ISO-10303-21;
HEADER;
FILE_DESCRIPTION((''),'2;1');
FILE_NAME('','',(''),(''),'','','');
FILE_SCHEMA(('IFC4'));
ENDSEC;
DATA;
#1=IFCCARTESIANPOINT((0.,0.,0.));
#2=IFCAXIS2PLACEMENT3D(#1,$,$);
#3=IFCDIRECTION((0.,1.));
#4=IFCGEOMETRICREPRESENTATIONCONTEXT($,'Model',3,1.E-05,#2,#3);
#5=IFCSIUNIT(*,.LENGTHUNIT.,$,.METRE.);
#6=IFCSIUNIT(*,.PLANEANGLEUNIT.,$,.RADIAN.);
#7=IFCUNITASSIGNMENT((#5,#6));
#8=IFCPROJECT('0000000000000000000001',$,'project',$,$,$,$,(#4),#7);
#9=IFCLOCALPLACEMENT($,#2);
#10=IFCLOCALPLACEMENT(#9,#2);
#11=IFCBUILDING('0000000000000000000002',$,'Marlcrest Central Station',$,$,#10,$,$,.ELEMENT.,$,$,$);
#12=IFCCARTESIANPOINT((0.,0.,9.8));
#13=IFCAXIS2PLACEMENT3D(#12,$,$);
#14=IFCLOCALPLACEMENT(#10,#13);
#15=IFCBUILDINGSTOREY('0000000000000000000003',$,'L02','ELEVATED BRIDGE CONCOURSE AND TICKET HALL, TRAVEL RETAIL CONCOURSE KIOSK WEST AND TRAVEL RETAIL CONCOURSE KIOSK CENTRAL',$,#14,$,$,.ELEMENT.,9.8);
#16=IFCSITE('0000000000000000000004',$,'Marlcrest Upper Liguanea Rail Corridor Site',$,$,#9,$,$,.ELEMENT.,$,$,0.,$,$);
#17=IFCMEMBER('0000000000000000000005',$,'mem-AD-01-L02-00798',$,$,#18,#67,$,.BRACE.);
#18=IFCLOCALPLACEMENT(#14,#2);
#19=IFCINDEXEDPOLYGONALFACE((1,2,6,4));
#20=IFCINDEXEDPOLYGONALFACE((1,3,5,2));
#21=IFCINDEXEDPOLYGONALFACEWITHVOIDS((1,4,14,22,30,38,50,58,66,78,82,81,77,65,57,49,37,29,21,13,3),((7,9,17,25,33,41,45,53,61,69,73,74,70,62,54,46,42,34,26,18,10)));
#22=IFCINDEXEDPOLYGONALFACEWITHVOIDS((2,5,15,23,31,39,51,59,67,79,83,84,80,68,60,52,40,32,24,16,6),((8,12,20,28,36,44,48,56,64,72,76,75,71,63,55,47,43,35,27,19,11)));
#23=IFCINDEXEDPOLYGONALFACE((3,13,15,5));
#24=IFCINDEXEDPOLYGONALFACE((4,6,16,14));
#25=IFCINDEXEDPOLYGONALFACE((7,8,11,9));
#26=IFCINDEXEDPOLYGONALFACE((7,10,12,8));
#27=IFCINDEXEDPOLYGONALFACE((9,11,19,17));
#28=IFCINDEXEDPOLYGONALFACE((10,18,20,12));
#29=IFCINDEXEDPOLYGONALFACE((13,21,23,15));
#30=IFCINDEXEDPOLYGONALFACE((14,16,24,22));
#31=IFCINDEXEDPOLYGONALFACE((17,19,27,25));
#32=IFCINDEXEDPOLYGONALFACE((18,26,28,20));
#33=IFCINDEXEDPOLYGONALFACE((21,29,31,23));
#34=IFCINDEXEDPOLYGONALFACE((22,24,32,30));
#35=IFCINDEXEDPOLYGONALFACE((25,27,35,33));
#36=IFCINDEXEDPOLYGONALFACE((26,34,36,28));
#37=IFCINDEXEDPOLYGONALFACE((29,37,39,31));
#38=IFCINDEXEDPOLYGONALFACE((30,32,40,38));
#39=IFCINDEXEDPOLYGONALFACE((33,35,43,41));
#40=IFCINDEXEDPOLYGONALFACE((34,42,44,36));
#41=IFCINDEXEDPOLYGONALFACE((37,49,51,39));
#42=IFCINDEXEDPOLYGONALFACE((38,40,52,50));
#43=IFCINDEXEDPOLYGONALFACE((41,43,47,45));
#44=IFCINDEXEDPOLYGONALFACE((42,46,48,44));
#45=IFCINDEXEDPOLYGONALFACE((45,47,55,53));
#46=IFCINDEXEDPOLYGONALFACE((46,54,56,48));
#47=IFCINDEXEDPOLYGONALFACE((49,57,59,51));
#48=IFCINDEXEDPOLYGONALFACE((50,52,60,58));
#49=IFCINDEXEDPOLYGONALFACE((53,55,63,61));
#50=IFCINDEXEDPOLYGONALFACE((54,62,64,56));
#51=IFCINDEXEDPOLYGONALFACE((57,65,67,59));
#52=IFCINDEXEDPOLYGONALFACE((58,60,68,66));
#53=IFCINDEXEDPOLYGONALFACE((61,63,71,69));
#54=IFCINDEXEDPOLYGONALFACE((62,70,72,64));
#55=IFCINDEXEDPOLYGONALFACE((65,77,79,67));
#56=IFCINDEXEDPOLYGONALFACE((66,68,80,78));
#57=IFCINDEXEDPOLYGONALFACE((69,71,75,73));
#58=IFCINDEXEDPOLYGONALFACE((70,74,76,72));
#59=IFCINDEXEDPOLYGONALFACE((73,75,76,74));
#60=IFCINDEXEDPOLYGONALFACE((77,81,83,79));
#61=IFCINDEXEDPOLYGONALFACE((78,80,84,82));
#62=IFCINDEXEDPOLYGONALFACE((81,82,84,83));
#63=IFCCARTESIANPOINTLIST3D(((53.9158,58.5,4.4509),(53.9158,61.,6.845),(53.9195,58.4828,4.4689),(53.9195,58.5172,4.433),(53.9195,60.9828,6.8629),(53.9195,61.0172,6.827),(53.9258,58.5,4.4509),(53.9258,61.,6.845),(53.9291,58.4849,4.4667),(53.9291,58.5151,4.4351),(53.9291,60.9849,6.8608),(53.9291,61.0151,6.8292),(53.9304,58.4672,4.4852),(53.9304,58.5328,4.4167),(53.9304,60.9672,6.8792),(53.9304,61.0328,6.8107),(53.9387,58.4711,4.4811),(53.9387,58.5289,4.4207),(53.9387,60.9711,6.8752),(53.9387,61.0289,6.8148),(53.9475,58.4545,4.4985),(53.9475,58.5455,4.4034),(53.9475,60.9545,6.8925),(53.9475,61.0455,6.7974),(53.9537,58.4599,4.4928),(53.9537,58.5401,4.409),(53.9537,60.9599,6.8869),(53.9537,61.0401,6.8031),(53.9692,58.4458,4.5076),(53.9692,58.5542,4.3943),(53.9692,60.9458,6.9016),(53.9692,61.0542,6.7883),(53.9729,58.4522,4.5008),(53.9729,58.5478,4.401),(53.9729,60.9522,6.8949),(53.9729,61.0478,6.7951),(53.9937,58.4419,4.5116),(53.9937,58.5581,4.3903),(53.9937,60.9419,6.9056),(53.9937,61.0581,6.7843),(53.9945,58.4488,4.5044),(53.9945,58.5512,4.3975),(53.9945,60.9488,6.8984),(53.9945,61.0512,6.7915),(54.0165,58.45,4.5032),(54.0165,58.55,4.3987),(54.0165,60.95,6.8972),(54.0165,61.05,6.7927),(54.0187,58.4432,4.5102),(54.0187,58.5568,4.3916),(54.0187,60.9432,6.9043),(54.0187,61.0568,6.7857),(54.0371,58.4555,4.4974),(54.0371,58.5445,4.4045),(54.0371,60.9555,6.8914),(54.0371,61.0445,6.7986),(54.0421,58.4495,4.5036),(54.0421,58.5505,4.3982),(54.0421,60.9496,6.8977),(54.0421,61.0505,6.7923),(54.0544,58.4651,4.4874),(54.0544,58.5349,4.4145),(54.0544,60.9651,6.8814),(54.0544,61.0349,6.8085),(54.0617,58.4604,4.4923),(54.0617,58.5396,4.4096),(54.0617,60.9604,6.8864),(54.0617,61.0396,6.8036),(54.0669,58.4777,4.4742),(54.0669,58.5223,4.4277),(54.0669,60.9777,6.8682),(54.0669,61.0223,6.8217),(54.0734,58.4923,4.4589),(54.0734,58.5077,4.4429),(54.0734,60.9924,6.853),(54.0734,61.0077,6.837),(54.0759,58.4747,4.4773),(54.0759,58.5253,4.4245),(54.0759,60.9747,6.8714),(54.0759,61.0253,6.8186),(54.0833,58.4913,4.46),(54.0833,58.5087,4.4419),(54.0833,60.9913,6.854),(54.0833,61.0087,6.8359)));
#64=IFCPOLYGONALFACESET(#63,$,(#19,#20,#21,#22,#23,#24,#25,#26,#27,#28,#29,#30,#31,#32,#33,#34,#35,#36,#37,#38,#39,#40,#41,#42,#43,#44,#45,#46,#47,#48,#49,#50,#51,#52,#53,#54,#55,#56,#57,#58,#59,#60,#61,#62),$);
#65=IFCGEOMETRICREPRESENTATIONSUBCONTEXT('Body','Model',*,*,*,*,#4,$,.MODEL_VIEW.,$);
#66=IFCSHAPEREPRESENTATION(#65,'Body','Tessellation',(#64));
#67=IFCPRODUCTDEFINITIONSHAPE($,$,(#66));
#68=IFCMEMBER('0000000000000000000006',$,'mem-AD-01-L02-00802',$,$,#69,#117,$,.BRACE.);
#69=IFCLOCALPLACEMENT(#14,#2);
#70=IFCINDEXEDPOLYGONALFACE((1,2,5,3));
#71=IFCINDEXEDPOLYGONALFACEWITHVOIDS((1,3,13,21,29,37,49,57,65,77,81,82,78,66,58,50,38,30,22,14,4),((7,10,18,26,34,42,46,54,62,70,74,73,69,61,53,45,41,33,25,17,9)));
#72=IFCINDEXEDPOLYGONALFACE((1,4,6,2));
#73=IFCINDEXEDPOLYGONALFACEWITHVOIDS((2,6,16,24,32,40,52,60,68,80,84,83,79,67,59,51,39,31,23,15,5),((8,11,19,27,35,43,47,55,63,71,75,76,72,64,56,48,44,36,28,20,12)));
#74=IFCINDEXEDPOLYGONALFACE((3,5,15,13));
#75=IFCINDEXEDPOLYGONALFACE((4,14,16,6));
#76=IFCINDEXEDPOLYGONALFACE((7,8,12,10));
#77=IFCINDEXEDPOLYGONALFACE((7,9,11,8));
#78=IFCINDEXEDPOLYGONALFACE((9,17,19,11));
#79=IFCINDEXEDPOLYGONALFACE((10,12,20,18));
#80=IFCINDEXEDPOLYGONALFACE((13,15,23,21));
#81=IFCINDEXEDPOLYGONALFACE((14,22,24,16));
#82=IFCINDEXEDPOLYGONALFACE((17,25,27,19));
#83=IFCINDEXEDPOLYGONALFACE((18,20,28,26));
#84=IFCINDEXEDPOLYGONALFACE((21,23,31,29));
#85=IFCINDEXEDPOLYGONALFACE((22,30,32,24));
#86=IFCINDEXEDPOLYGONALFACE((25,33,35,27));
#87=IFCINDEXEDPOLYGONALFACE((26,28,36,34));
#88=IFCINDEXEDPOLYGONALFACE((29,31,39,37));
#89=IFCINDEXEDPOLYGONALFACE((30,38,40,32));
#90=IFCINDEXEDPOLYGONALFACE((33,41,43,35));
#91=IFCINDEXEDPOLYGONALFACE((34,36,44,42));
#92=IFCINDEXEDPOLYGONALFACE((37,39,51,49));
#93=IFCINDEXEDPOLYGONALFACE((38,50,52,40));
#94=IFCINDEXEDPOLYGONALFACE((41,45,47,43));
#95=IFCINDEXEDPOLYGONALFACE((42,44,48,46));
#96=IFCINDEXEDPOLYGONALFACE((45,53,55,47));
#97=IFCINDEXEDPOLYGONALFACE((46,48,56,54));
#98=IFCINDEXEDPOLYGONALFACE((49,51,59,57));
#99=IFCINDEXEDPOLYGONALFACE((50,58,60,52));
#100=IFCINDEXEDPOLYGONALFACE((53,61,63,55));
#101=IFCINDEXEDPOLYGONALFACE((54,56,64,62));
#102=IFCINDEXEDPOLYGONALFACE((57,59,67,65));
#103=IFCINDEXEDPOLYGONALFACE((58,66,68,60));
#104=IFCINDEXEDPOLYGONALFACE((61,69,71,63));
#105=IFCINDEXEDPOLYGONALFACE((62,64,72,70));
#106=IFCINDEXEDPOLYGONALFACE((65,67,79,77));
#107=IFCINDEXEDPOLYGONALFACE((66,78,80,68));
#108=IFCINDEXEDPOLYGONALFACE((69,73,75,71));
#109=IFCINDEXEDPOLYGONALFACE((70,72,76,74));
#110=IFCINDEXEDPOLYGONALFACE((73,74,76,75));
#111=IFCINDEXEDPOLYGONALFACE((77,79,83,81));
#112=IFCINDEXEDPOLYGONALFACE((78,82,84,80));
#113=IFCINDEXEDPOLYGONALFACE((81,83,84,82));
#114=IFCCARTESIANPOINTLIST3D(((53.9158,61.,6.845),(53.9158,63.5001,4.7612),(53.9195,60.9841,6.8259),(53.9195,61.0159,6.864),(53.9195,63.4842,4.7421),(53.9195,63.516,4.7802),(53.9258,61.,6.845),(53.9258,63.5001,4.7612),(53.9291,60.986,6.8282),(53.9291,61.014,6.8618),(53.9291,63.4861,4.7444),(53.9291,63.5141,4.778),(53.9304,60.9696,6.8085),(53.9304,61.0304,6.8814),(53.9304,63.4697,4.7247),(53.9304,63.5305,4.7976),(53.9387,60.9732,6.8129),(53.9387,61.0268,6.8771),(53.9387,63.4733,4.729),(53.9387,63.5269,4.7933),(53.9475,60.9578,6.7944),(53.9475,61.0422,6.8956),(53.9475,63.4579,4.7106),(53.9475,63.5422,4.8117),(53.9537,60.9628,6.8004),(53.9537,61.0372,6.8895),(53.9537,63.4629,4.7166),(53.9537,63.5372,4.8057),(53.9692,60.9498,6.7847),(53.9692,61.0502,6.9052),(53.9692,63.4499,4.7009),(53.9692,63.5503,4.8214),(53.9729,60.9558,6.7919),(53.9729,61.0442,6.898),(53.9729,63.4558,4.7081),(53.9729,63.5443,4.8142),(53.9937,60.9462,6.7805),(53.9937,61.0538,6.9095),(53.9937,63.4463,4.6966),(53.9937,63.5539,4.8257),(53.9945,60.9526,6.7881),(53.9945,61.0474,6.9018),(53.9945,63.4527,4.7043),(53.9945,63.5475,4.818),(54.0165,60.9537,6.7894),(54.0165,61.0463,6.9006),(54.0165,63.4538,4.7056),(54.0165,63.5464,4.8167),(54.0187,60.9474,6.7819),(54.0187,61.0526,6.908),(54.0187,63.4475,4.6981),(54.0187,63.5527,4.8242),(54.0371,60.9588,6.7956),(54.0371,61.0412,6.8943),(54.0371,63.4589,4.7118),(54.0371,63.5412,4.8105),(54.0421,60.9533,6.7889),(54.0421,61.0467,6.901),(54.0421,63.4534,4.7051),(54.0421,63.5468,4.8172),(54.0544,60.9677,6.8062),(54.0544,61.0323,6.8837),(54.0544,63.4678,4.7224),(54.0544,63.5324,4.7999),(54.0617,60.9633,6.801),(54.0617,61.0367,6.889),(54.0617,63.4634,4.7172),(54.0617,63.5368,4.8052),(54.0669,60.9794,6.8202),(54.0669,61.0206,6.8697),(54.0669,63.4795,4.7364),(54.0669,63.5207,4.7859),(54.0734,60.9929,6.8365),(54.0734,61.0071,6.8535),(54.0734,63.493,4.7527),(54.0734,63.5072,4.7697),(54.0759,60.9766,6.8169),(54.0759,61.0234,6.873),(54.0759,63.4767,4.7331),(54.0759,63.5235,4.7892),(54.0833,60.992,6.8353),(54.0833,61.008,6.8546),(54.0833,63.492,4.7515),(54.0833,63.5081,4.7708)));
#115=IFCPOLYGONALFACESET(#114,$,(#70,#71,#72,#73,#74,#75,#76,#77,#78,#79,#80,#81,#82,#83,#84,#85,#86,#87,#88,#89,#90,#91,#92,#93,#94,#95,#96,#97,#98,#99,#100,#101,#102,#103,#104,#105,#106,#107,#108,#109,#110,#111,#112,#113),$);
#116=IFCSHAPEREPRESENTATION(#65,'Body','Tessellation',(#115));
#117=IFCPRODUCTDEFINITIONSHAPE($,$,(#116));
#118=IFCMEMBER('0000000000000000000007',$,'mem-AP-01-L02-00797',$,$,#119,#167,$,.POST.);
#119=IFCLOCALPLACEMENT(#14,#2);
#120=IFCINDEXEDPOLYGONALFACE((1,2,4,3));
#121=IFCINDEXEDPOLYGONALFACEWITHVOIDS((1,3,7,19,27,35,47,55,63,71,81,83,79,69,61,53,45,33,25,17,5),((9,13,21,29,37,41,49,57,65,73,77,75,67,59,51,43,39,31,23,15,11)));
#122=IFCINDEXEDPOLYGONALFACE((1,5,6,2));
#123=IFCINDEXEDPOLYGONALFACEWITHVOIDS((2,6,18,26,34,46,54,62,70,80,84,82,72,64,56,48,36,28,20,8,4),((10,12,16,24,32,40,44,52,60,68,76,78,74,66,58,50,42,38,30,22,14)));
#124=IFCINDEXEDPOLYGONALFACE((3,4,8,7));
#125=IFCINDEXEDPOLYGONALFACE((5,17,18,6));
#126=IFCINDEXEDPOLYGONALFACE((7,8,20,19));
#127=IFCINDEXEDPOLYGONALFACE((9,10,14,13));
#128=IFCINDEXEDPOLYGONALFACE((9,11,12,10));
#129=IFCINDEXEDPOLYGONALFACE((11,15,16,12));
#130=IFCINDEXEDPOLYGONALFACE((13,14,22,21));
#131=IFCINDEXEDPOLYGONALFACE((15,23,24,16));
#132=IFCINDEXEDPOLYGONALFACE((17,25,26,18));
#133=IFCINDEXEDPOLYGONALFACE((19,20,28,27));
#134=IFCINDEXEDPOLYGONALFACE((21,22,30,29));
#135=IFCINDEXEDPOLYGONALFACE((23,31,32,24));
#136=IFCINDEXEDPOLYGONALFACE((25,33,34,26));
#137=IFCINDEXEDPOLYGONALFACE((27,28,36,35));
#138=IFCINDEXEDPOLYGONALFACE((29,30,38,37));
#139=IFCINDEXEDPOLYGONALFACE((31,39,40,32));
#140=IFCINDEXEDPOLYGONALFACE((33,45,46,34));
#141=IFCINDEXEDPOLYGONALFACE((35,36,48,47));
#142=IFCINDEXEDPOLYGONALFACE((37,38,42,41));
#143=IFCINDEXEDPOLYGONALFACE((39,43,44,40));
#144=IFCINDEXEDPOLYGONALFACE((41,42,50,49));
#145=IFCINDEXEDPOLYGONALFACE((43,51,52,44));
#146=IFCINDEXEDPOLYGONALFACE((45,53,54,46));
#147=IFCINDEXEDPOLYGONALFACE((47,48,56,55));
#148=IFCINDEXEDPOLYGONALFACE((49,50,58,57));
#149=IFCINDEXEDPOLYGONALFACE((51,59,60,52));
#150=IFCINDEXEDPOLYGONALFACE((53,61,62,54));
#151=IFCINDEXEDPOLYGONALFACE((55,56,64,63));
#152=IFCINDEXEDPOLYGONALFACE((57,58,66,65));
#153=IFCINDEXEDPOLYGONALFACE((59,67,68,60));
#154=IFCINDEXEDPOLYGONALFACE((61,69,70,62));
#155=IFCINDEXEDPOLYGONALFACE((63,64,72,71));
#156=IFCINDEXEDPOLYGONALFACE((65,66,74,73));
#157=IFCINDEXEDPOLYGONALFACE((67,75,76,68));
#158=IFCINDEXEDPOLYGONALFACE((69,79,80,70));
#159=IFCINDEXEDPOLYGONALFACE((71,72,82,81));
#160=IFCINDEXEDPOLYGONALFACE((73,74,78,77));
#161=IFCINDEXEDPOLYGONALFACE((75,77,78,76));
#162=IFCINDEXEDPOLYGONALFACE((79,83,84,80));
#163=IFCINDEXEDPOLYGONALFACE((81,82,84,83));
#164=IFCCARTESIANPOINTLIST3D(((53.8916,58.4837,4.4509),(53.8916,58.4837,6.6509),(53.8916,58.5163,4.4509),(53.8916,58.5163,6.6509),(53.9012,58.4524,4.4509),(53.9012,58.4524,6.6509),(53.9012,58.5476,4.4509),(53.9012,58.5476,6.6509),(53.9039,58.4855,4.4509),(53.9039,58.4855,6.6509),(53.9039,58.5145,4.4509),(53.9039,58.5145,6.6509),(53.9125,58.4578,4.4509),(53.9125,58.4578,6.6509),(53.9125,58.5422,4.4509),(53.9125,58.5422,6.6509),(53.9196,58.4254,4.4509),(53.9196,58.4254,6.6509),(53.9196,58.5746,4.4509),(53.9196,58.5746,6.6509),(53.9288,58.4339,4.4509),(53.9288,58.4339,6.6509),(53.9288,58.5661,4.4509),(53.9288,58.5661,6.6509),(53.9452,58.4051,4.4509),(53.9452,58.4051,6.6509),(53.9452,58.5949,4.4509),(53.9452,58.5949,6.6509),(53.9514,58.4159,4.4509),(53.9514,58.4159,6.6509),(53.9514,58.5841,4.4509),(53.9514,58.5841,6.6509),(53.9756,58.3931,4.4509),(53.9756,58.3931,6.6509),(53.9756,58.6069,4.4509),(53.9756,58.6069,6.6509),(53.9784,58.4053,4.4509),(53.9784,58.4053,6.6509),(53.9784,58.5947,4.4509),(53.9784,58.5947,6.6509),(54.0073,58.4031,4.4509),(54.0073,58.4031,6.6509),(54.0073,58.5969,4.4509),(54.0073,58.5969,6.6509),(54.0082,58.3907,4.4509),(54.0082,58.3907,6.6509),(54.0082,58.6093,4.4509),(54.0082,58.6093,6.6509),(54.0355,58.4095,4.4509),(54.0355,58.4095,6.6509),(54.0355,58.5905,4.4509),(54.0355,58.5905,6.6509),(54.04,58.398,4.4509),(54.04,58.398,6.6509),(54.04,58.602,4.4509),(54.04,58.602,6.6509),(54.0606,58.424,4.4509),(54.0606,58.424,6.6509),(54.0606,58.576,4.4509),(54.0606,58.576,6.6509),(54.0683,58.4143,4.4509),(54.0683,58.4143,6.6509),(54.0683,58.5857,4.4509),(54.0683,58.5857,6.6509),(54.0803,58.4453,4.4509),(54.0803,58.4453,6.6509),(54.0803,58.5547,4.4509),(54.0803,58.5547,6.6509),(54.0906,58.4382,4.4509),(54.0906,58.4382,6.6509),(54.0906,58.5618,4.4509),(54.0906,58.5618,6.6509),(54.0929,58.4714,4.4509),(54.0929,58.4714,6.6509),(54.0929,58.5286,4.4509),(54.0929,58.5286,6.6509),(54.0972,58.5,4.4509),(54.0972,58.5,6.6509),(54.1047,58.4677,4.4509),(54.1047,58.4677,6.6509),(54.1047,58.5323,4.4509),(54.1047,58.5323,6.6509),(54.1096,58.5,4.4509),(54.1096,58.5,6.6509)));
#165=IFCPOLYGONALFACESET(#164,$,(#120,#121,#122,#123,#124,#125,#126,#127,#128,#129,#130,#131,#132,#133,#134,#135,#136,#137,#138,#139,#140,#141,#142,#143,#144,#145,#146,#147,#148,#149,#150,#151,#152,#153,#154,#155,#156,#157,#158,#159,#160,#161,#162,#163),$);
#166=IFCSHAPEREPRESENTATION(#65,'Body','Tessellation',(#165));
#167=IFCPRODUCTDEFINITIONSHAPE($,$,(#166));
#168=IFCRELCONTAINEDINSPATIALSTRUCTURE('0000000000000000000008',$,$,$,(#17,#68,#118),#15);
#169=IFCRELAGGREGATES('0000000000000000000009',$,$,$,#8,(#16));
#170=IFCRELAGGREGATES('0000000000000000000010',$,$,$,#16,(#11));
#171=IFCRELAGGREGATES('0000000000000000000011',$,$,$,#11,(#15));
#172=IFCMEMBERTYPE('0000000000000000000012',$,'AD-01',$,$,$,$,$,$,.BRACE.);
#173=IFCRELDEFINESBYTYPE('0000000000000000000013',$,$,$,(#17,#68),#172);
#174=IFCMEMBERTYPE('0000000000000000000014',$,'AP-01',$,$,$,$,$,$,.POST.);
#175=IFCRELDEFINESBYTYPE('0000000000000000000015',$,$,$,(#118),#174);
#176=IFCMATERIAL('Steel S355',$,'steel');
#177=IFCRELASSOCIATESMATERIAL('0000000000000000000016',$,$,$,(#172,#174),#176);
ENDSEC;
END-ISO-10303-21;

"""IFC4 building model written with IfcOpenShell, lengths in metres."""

from ifc_helpers import new_model, si_unit, direction, frame, origin, origin_2d, place, context, subcontext, project, spatial, hollow_circle, extrude, material, material_profile, profile_set, type_object, element, save


model = new_model("IFC4")

# Units and contexts
model_context = context("Model", 3, precision=1e-05, world=origin(), true_north=direction((0.0, 1.0)))
body_context = subcontext(model_context, "Body", "Model", "MODEL_VIEW")
ifc_project = project(units=[si_unit("LENGTHUNIT", "METRE"), si_unit("PLANEANGLEUNIT", "RADIAN")], contexts=[model_context])

# Site, building, storey
site_placement = place(None, origin())
site = spatial("IfcSite", under=ifc_project, at=site_placement, Name="Marlcrest Upper Liguanea Rail Corridor Site", CompositionType="ELEMENT", RefElevation=0.0)
building_placement = place(site_placement, origin())
building = spatial("IfcBuilding", under=site, at=building_placement, Name="Marlcrest Central Station", CompositionType="ELEMENT")
storey_placement = place(building_placement, frame((0.0, 0.0, 9.8)))
storey = spatial("IfcBuildingStorey", under=building, at=storey_placement, Name="L02", Description="ELEVATED BRIDGE CONCOURSE AND TICKET HALL, TRAVEL RETAIL CONCOURSE KIOSK WEST AND TRAVEL RETAIL CONCOURSE KIOSK CENTRAL", CompositionType="ELEMENT", Elevation=9.8)

# Members
ifc_material = material(Name="Steel S355", Category="steel")
ifc_material_profile_1 = material_profile(ifc_material, hollow_circle(Radius=0.0842, WallThickness=0.01, at=origin_2d()), Name="CHS 168.3x10")
ifc_profile_set_1 = profile_set([ifc_material_profile_1], Name="Steel S355")
member_type_1 = type_object("IfcMemberType", Name="AD-01", PredefinedType="BRACE", material=ifc_profile_set_1)
member_1_placement = place(storey_placement, frame((54.0, 58.5, 4.4509), z_axis=(0.0, 0.722247, 0.691636), x_axis=(-1.0, 0.0, 0.0)))
element("IfcMember", 1, at=member_1_placement, inside=storey, type_object=member_type_1, Name="mem-AD-01-L02-00798", PredefinedType="BRACE", context=body_context, shape_type="SweptSolid", body=[
    extrude(hollow_circle(Radius=0.0842, WallThickness=0.01, at=origin_2d()), origin(), (0.0, 0.0, 1.0), 3.4614),
])
member_2_placement = place(storey_placement, frame((54.0, 61.0, 6.845), z_axis=(0.0, 0.76816, -0.640258), x_axis=(-1.0, 0.0, 0.0)))
element("IfcMember", 2, at=member_2_placement, inside=storey, type_object=member_type_1, Name="mem-AD-01-L02-00802", PredefinedType="BRACE", context=body_context, shape_type="SweptSolid", body=[
    extrude(hollow_circle(Radius=0.0842, WallThickness=0.01, at=origin_2d()), origin(), (0.0, 0.0, 1.0), 3.2546),
])
ifc_material_profile_2 = material_profile(ifc_material, hollow_circle(Radius=0.1096, WallThickness=0.0125, at=origin_2d()), Name="CHS 219.1x12.5")
ifc_profile_set_2 = profile_set([ifc_material_profile_2], Name="Steel S355")
member_type_2 = type_object("IfcMemberType", Name="AP-01", PredefinedType="POST", material=ifc_profile_set_2)
member_3_placement = place(storey_placement, frame((54.0, 58.5, 4.4509), z_axis=(0.0, 0.0, 1.0), x_axis=(1.0, 0.0, 0.0)))
element("IfcMember", 3, at=member_3_placement, inside=storey, type_object=member_type_2, Name="mem-AP-01-L02-00797", PredefinedType="POST", context=body_context, shape_type="SweptSolid", body=[
    extrude(hollow_circle(Radius=0.1096, WallThickness=0.0125, at=origin_2d()), origin(), (0.0, 0.0, 1.0), 2.2),
])

save(model, "model.ifc")
